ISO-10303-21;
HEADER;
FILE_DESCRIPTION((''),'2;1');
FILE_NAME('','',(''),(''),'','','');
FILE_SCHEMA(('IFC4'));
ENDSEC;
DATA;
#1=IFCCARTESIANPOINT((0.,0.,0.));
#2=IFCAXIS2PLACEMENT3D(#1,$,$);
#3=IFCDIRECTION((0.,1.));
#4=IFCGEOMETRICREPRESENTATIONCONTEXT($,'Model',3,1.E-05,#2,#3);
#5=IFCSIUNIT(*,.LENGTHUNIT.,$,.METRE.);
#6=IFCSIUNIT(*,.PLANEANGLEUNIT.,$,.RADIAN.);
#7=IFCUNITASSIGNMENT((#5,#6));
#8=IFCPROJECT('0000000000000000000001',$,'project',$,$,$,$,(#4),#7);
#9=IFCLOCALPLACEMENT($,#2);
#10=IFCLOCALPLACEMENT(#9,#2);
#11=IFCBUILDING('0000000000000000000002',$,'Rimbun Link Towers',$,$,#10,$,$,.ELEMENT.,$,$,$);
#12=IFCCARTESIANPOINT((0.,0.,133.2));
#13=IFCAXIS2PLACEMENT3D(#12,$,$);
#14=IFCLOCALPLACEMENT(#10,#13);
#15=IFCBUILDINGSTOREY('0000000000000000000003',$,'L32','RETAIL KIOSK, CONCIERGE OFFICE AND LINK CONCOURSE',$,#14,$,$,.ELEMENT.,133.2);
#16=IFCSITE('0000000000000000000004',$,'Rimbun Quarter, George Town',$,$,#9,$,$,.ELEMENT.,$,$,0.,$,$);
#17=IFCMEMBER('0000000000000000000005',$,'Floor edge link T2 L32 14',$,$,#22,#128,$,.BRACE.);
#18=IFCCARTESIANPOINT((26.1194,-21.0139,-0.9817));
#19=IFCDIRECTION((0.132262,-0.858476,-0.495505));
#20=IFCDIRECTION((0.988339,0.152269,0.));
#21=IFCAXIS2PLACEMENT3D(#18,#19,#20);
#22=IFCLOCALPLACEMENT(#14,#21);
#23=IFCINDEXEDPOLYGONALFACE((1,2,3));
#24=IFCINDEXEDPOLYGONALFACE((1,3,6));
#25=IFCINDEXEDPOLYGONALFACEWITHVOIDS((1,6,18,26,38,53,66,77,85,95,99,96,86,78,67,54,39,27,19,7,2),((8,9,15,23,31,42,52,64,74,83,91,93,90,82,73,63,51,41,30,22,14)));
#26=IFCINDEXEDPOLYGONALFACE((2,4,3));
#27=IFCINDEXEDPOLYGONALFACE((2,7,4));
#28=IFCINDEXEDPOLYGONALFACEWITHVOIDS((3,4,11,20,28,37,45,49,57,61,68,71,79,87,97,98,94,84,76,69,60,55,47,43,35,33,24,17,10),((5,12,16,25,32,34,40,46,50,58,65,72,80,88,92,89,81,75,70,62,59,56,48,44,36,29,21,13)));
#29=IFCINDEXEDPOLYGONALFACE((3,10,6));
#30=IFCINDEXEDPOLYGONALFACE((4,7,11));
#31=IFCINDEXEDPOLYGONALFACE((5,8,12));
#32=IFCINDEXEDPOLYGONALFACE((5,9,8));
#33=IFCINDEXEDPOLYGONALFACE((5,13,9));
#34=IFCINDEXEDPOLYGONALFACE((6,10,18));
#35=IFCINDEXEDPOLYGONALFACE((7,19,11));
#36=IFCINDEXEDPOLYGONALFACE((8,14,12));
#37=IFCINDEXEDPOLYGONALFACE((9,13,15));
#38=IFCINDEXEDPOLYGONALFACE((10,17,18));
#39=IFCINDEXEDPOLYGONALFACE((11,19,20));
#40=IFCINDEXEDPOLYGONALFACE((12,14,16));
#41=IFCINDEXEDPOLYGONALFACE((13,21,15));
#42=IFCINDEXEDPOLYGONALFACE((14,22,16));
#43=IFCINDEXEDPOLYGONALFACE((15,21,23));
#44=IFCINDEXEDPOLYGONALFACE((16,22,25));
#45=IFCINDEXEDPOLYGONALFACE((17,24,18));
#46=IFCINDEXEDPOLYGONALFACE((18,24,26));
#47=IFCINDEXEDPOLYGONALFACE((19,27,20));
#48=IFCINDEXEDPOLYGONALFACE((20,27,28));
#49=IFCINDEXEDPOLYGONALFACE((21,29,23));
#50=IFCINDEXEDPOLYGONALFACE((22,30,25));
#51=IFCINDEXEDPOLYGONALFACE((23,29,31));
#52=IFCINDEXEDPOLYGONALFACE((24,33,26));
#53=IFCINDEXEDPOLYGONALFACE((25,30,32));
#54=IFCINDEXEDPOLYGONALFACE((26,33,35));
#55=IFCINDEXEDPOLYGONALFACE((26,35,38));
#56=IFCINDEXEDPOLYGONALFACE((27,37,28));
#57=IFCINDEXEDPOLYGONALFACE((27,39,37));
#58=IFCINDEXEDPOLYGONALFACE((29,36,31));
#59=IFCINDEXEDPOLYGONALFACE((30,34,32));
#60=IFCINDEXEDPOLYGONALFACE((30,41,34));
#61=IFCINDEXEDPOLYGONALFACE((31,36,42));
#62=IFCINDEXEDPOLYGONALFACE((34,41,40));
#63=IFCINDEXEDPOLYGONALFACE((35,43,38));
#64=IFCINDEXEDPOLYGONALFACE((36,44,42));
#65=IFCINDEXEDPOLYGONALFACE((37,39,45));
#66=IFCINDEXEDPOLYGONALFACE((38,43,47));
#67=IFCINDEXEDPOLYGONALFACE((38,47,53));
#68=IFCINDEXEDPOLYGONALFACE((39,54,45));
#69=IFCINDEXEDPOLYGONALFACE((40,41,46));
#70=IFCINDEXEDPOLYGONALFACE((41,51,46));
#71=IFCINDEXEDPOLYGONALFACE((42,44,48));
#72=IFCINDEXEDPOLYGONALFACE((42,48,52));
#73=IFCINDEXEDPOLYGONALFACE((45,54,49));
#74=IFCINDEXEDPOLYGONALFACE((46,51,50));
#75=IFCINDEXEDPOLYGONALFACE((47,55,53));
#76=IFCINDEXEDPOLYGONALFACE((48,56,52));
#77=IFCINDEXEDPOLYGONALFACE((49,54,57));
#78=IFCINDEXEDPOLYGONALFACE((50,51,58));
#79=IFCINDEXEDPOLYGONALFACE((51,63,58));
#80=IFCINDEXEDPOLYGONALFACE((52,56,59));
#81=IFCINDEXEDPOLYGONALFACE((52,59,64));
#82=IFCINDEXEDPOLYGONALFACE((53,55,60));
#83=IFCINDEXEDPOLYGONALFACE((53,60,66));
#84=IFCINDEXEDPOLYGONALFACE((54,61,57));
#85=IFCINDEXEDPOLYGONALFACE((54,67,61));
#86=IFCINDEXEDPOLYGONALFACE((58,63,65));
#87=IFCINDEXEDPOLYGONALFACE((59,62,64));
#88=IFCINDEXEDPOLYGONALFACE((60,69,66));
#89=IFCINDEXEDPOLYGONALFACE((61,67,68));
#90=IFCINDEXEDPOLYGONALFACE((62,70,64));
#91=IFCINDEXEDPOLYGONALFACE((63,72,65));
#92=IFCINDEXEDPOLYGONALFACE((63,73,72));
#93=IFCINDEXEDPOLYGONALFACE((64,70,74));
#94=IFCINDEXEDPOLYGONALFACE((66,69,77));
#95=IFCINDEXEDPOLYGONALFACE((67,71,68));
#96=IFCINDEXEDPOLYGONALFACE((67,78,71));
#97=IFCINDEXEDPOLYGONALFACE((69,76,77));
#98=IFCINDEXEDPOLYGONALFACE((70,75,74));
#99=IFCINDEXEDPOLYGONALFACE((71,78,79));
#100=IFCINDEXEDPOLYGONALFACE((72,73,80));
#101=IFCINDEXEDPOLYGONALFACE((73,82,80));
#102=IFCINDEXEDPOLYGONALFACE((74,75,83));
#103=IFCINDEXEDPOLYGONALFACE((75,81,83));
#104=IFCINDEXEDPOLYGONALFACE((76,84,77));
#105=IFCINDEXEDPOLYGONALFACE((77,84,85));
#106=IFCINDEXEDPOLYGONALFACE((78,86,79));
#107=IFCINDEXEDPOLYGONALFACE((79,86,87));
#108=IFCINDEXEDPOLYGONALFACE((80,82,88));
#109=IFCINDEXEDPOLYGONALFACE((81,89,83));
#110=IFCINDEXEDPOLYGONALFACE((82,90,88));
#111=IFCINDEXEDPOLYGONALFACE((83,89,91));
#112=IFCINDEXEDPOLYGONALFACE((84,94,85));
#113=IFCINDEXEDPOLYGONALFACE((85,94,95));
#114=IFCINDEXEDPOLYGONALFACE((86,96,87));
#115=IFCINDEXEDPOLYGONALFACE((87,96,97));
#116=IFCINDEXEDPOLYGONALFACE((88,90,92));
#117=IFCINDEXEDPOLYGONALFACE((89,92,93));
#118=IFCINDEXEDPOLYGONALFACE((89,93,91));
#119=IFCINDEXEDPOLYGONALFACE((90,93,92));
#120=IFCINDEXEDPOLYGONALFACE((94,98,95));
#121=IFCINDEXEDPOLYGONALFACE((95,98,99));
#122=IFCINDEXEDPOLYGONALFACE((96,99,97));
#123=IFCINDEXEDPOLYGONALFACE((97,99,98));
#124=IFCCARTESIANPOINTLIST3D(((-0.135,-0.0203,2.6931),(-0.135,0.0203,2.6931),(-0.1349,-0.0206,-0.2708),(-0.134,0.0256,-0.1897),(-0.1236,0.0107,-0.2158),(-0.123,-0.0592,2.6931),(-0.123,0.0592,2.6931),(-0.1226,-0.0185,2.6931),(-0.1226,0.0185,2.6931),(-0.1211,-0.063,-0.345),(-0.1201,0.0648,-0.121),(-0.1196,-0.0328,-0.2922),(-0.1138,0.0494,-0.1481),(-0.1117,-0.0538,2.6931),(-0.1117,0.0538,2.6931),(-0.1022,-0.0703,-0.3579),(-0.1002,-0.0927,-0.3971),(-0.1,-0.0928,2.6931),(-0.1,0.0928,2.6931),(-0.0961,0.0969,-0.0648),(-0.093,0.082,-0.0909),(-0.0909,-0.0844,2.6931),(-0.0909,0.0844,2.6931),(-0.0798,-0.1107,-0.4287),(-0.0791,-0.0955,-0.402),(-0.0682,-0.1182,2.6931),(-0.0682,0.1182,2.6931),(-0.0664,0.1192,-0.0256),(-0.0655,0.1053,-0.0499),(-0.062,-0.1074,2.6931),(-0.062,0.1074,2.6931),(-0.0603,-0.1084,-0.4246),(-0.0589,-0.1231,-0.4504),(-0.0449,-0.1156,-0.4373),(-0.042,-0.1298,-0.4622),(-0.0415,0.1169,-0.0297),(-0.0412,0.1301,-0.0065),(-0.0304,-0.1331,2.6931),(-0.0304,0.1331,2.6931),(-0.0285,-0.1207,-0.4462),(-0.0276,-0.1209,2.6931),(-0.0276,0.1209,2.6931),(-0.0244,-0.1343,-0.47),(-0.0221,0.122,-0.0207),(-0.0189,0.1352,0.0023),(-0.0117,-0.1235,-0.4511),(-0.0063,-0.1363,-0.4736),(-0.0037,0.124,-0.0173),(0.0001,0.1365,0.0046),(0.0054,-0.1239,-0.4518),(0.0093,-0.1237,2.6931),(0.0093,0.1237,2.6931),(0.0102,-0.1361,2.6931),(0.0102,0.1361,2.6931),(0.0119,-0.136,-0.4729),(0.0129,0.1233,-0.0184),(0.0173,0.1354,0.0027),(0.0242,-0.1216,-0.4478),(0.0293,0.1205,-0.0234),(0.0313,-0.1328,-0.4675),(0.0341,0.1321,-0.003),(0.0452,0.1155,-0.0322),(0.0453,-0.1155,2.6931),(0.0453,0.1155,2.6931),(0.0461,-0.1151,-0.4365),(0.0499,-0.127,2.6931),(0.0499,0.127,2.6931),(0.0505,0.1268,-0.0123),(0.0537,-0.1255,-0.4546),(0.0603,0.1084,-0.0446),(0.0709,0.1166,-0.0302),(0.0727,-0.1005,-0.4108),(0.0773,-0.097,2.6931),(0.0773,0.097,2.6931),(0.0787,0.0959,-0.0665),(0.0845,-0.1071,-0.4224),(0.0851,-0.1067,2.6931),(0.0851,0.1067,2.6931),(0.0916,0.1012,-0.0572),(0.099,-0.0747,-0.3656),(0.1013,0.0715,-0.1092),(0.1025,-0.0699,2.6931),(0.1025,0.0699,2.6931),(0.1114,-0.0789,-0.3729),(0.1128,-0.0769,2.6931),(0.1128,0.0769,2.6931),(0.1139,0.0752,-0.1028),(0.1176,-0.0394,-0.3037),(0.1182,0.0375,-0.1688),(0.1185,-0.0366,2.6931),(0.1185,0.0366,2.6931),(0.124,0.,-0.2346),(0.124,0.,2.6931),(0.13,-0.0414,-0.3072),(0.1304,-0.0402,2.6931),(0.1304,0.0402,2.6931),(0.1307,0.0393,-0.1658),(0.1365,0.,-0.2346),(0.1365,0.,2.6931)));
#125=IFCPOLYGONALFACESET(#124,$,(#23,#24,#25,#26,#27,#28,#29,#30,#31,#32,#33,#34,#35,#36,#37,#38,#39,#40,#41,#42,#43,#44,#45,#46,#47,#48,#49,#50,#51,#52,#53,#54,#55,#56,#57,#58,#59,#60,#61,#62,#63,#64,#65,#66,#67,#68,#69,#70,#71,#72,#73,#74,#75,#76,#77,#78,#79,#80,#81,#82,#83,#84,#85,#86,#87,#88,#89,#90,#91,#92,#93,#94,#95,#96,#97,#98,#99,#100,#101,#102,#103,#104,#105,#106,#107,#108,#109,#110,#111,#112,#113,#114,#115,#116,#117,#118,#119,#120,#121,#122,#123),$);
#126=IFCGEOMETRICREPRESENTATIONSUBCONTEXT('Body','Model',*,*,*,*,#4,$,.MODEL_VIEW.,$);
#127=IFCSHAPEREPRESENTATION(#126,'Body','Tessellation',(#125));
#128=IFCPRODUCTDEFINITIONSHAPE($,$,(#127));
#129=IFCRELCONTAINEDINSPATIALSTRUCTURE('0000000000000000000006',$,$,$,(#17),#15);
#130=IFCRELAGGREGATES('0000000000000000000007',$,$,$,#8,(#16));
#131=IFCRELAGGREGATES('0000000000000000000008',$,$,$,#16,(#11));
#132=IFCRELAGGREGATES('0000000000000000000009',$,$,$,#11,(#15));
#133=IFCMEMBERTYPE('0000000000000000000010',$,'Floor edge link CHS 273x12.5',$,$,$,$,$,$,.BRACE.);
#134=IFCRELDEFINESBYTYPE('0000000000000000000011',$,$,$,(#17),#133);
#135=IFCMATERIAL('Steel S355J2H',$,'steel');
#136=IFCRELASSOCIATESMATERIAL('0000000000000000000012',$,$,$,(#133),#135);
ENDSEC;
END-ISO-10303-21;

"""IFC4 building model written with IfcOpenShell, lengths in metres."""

from ifc_helpers import new_model, si_unit, direction, frame, origin, origin_2d, place, context, subcontext, project, spatial, hollow_circle, extrude, clip, halfspace, material, material_profile, profile_set, type_object, element, save


model = new_model("IFC4")

# Units and contexts
model_context = context("Model", 3, precision=1e-05, world=origin(), true_north=direction((0.0, 1.0)))
body_context = subcontext(model_context, "Body", "Model", "MODEL_VIEW")
ifc_project = project(units=[si_unit("LENGTHUNIT", "METRE"), si_unit("PLANEANGLEUNIT", "RADIAN")], contexts=[model_context])

# Site, building, storey
site_placement = place(None, origin())
site = spatial("IfcSite", under=ifc_project, at=site_placement, Name="Rimbun Quarter, George Town", CompositionType="ELEMENT", RefElevation=0.0)
building_placement = place(site_placement, origin())
building = spatial("IfcBuilding", under=site, at=building_placement, Name="Rimbun Link Towers", CompositionType="ELEMENT")
storey_placement = place(building_placement, frame((0.0, 0.0, 133.2)))
storey = spatial("IfcBuildingStorey", under=building, at=storey_placement, Name="L32", Description="RETAIL KIOSK, CONCIERGE OFFICE AND LINK CONCOURSE", CompositionType="ELEMENT", Elevation=133.2)

# Member
ifc_material_1 = material(Name="Steel S355J2H", Category="steel")
ifc_material_profile_1 = material_profile(ifc_material_1, hollow_circle(Radius=0.1365, WallThickness=0.0125, at=origin_2d()), Name="CHS 273x12.5")
ifc_profile_set_1 = profile_set([ifc_material_profile_1], Name="Steel S355J2H")
member_type_1 = type_object("IfcMemberType", Name="Floor edge link CHS 273x12.5", PredefinedType="BRACE", material=ifc_profile_set_1)
member_1_placement = place(storey_placement, frame((26.1194, -21.0139, -0.9817), z_axis=(0.132262, -0.858476, -0.495505), x_axis=(0.988339, 0.152269, 0.0)))
element("IfcMember", 1, at=member_1_placement, inside=storey, type_object=member_type_1, Name="Floor edge link T2 L32 14", PredefinedType="BRACE", context=body_context, shape_type="Clipping", body=[
    clip(extrude(hollow_circle(Radius=0.1365, WallThickness=0.0125, at=origin_2d()), frame((0.0, 0.0, -0.4988)), (0.0, 0.0, 1.0), 3.1919), halfspace(frame((0.0, 0.0, -0.2346), z_axis=(0.0, 0.868605, -0.495505)), False)),
])

save(model, "model.ifc")
